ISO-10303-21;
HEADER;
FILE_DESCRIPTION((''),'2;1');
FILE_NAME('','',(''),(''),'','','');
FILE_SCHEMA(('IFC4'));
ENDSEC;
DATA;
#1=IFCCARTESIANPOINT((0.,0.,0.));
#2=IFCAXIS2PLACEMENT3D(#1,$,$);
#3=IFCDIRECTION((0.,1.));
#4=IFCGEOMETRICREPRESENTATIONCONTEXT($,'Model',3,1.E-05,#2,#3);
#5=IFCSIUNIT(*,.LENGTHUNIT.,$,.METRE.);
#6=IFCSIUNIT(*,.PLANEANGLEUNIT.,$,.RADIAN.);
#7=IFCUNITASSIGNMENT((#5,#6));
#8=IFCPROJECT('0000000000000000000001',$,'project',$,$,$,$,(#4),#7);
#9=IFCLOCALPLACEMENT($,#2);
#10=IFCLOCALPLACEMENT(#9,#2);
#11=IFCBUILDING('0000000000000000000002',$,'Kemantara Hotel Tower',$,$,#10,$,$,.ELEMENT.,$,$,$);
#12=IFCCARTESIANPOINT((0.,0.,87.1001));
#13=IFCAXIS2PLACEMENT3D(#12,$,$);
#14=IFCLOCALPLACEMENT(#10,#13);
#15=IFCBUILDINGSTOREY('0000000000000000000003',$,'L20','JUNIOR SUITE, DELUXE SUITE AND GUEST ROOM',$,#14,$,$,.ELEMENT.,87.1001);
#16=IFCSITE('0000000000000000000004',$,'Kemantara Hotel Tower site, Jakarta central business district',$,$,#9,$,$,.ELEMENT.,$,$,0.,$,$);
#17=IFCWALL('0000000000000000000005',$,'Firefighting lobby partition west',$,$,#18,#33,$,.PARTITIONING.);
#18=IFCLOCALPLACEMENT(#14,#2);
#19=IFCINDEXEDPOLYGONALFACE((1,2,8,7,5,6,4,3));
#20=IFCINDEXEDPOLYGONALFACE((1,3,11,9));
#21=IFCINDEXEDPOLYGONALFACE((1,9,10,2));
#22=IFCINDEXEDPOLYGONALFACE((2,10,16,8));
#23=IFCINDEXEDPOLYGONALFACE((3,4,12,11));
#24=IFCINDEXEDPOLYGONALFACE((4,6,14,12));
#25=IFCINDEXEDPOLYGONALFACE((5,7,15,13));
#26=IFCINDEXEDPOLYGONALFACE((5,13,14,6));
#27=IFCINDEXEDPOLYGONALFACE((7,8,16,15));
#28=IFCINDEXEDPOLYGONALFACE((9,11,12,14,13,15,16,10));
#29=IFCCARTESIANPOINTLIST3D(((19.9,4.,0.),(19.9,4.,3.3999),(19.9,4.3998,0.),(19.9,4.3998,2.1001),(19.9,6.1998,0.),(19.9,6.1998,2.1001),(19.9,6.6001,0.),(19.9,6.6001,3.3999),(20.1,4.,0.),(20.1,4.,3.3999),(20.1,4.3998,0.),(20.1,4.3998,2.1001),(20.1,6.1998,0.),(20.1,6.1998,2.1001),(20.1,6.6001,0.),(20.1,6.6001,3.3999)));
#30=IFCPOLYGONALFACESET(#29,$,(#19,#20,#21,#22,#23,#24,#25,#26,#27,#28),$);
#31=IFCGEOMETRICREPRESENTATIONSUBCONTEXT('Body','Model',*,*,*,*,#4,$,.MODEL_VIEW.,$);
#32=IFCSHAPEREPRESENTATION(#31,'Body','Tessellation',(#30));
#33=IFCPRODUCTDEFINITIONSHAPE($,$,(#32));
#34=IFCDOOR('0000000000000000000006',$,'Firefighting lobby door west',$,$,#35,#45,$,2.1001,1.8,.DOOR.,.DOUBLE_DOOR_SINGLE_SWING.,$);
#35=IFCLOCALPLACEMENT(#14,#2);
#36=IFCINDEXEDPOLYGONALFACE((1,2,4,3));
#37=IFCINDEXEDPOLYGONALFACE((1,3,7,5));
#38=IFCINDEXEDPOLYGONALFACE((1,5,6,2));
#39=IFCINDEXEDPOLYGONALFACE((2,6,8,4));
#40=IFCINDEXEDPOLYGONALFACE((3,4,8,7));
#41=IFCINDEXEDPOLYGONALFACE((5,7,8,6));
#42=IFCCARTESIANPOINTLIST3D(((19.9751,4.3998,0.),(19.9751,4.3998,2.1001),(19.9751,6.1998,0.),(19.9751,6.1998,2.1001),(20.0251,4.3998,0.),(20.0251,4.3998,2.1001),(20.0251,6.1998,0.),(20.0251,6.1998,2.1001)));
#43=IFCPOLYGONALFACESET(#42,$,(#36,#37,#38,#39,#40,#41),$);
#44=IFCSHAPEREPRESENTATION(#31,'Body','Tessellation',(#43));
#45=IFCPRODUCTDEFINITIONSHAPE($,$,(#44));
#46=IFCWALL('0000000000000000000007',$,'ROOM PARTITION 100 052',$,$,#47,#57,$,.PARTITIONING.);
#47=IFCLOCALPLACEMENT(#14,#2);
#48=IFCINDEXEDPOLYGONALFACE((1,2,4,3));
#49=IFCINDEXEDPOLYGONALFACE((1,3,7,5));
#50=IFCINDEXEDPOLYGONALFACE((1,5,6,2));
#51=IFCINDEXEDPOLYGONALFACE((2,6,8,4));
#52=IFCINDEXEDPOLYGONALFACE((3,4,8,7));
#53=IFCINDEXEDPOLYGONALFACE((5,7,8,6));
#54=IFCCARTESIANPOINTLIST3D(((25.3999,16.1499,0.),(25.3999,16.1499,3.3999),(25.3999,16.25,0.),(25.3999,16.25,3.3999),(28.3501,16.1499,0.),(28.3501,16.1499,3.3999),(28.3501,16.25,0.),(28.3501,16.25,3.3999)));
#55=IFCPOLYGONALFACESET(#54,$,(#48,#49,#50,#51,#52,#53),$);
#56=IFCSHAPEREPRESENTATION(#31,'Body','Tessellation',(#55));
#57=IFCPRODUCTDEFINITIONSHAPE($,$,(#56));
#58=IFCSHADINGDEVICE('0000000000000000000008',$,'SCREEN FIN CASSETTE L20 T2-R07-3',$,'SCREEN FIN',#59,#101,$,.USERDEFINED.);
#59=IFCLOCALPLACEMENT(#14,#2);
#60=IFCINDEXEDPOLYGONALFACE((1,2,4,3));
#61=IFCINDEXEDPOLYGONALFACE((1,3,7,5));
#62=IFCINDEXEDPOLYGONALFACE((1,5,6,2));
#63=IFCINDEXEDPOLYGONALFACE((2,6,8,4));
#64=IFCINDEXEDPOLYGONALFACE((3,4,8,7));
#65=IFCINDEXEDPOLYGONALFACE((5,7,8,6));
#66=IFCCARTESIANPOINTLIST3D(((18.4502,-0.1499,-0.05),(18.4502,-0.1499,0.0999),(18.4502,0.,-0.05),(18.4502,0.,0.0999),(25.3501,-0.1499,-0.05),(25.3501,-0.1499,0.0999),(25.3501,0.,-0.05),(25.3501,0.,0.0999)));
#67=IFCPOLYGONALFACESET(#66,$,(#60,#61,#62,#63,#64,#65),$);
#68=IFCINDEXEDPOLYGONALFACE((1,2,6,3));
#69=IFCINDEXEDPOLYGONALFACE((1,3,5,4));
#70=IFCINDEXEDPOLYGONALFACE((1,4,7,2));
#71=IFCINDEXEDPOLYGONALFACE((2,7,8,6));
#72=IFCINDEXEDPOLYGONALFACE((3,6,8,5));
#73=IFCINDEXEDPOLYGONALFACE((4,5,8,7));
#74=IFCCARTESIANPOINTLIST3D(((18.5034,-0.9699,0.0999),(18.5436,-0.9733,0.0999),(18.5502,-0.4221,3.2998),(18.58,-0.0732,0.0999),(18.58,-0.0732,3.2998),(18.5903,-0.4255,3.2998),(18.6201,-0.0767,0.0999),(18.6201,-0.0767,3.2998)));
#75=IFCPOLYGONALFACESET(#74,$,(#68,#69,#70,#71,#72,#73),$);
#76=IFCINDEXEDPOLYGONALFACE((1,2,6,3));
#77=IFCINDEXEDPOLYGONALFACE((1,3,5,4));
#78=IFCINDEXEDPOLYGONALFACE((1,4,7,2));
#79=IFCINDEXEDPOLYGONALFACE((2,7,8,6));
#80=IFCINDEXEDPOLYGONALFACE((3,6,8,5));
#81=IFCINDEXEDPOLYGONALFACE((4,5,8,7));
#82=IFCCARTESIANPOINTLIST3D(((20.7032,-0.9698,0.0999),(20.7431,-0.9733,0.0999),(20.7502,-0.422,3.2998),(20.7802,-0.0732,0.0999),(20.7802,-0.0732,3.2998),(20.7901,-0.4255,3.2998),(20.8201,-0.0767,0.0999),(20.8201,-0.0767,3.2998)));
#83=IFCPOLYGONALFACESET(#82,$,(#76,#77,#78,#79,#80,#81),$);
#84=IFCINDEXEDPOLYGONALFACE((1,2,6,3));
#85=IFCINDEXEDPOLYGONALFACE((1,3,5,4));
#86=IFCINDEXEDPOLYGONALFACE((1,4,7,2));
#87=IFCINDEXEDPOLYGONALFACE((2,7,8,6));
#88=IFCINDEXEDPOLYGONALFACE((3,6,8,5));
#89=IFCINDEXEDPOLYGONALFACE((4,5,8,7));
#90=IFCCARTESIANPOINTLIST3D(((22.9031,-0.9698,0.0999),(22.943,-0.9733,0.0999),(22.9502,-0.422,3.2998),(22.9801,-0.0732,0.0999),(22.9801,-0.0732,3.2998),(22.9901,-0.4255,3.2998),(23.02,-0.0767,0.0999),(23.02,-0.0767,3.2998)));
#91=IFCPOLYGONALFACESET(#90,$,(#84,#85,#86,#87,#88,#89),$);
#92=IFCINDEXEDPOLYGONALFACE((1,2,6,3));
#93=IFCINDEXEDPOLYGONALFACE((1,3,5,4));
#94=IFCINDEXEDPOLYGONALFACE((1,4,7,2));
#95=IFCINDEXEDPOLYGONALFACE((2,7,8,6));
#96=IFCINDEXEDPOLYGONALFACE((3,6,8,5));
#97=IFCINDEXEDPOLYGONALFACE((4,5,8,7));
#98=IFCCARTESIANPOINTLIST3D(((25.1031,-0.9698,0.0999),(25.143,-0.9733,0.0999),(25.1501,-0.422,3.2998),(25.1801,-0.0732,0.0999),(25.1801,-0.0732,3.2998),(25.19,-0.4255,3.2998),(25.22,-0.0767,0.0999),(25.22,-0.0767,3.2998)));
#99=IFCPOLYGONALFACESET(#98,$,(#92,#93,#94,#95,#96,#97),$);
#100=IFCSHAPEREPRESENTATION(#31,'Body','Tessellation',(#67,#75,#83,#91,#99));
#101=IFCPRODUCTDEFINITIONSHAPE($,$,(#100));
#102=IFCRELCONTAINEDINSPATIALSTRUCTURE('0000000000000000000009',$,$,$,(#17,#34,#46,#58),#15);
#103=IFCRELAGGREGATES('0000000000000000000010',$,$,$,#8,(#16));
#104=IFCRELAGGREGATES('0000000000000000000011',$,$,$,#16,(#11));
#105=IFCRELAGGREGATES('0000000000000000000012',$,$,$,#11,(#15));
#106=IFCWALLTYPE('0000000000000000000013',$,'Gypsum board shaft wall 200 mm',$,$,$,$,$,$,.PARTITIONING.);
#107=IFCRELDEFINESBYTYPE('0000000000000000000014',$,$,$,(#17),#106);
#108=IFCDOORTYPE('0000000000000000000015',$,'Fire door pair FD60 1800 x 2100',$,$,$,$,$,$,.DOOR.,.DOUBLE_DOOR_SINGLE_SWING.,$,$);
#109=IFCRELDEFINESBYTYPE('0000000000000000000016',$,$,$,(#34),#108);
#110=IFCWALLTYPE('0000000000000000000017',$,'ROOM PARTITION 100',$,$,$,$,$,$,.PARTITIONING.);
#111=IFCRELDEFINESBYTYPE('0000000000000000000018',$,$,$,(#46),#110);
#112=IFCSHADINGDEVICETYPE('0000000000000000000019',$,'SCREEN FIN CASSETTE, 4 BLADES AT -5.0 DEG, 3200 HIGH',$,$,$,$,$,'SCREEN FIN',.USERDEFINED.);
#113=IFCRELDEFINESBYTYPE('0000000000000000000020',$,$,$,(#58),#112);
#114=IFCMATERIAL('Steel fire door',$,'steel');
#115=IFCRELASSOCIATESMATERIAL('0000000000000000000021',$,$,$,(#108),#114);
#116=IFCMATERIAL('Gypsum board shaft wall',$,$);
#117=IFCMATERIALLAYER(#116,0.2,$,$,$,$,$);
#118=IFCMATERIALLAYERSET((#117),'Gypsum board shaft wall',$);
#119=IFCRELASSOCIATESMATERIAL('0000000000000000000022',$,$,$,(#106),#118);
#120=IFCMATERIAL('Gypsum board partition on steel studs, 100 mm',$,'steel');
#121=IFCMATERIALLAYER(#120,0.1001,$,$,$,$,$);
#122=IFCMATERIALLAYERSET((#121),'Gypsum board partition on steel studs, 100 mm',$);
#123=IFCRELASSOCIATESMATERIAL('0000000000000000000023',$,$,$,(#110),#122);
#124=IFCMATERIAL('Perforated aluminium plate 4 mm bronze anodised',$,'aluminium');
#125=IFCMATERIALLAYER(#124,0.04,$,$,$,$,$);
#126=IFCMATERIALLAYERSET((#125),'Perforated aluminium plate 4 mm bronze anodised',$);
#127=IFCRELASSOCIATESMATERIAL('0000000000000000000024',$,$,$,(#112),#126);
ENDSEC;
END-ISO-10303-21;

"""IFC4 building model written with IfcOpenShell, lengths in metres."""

from ifc_helpers import new_model, si_unit, direction, frame, frame_2d, origin, origin_2d, place, context, subcontext, project, spatial, polyline, rectangle, outline, extrude, source, transform, mapped, material, layer, layer_set, type_object, element, fill, save


model = new_model("IFC4")

# Units and contexts
model_context = context("Model", 3, precision=1e-05, world=origin(), true_north=direction((0.0, 1.0)))
body_context = subcontext(model_context, "Body", "Model", "MODEL_VIEW")
ifc_project = project(units=[si_unit("LENGTHUNIT", "METRE"), si_unit("PLANEANGLEUNIT", "RADIAN")], contexts=[model_context])

# Site, building, storey
site_placement = place(None, origin())
site = spatial("IfcSite", under=ifc_project, at=site_placement, Name="Kemantara Hotel Tower site, Jakarta central business district", CompositionType="ELEMENT", RefElevation=0.0)
building_placement = place(site_placement, origin())
building = spatial("IfcBuilding", under=site, at=building_placement, Name="Kemantara Hotel Tower", CompositionType="ELEMENT")
storey_placement = place(building_placement, frame((0.0, 0.0, 87.1001)))
storey = spatial("IfcBuildingStorey", under=building, at=storey_placement, Name="L20", Description="JUNIOR SUITE, DELUXE SUITE AND GUEST ROOM", CompositionType="ELEMENT", Elevation=87.1001)

# Shared definitions
ifc_material_1 = material(Name="Steel fire door", Category="steel")
door_type_1 = type_object("IfcDoorType", Name="Fire door pair FD60 1800 x 2100", OperationType="DOUBLE_DOOR_SINGLE_SWING", PredefinedType="DOOR", material=ifc_material_1)

# Wall, opening, door
ifc_material_2 = material(Name="Gypsum board shaft wall")
ifc_layer_1 = layer(ifc_material_2, 0.2)
ifc_layer_set_1 = layer_set([ifc_layer_1], Name="Gypsum board shaft wall")
wall_type_1 = type_object("IfcWallType", Name="Gypsum board shaft wall 200 mm", PredefinedType="PARTITIONING", material=ifc_layer_set_1)
wall_1_placement = place(storey_placement, frame((20.0, 4.0, 0.0), z_axis=(0.0, 0.0, 1.0), x_axis=(0.0, 1.0, 0.0)))
wall_1 = element("IfcWall", 1, at=wall_1_placement, inside=storey, type_object=wall_type_1, Name="Firefighting lobby partition west", PredefinedType="PARTITIONING", context=body_context, shape_type="SweptSolid", body=[
    extrude(rectangle(XDim=2.6001, YDim=0.2, at=frame_2d((1.3, 0.0))), origin(), (0.0, 0.0, 1.0), 3.3999),
])
opening_1_placement = place(wall_1_placement, frame((0.3999, 0.0, 0.0)))
opening_1 = element("IfcOpeningElement", 2, at=opening_1_placement, cuts=wall_1, PredefinedType="OPENING", context=body_context, shape_type="SweptSolid", body=[
    extrude(rectangle(XDim=1.8, YDim=2.1001, at=frame_2d((0.8999, 1.05))), frame((0.0, 0.1099, 0.0), z_axis=(0.0, -1.0, 0.0), x_axis=(1.0, 0.0, 0.0)), (0.0, 0.0, 1.0), 0.22),
])
door_1_placement = place(opening_1_placement, origin())
door_1 = element("IfcDoor", 3, at=door_1_placement, inside=storey, type_object=door_type_1, Name="Firefighting lobby door west", OperationType="DOUBLE_DOOR_SINGLE_SWING", OverallHeight=2.1001, OverallWidth=1.8, PredefinedType="DOOR", context=body_context, shape_type="SweptSolid", body=[
    extrude(rectangle(XDim=1.8, YDim=2.1001, at=frame_2d((0.8999, 1.05))), frame((0.0, 0.0249, 0.0), z_axis=(0.0, -1.0, 0.0), x_axis=(1.0, 0.0, 0.0)), (0.0, 0.0, 1.0), 0.05),
])
fill(opening_1, door_1)

# Wall
ifc_material_3 = material(Name="Gypsum board partition on steel studs, 100 mm", Category="steel")
ifc_layer_2 = layer(ifc_material_3, 0.1001)
ifc_layer_set_2 = layer_set([ifc_layer_2], Name="Gypsum board partition on steel studs, 100 mm")
wall_type_2 = type_object("IfcWallType", Name="ROOM PARTITION 100", PredefinedType="PARTITIONING", material=ifc_layer_set_2)
wall_2_placement = place(storey_placement, frame((25.3999, 16.2, 0.0), z_axis=(0.0, 0.0, 1.0), x_axis=(1.0, 0.0, 0.0)))
element("IfcWall", 4, at=wall_2_placement, inside=storey, type_object=wall_type_2, Name="ROOM PARTITION 100 052", PredefinedType="PARTITIONING", context=body_context, shape_type="SweptSolid", body=[
    extrude(rectangle(XDim=2.9502, YDim=0.1001, at=frame_2d((1.4751, 0.0))), origin(), (0.0, 0.0, 1.0), 3.3999),
])

# Shading device
ifc_material_4 = material(Name="Perforated aluminium plate 4 mm bronze anodised", Category="aluminium")
ifc_layer_3 = layer(ifc_material_4, 0.04)
ifc_layer_set_3 = layer_set([ifc_layer_3], Name="Perforated aluminium plate 4 mm bronze anodised")
shading_device_type = type_object("IfcShadingDeviceType", Name="SCREEN FIN CASSETTE, 4 BLADES AT -5.0 DEG, 3200 HIGH", ElementType="SCREEN FIN", PredefinedType="USERDEFINED", material=ifc_layer_set_3)
shared_shape_1 = source(origin(), body_context, "Body", "SweptSolid", [
    extrude(rectangle(XDim=6.8999, YDim=0.1499, at=origin_2d()), frame((3.3, -0.075, -0.1499), z_axis=(0.0, 0.0, 1.0), x_axis=(1.0, 0.0, 0.0)), (0.0, 0.0, 1.0), 0.1499),
    extrude(outline(polyline([(0.0, 0.0), (0.8999, 0.0), (0.3501, 3.2), (0.0, 3.2), (0.0, 0.0)])), frame((0.02, -0.0767, 0.0), z_axis=(-0.996376, 0.085056, 0.0), x_axis=(-0.085056, -0.996376, 0.0)), (0.0, 0.0, 1.0), 0.0403),
    extrude(outline(polyline([(0.0, 0.0), (0.8999, 0.0), (0.3501, 3.2), (0.0, 3.2), (0.0, 0.0)])), frame((2.22, -0.0767, 0.0), z_axis=(-0.996332, 0.085575, 0.0), x_axis=(-0.085575, -0.996332, 0.0)), (0.0, 0.0, 1.0), 0.04),
    extrude(outline(polyline([(0.0, 0.0), (0.8999, 0.0), (0.3501, 3.2), (0.0, 3.2), (0.0, 0.0)])), frame((4.4199, -0.0767, 0.0), z_axis=(-0.996332, 0.085575, 0.0), x_axis=(-0.085575, -0.996332, 0.0)), (0.0, 0.0, 1.0), 0.04),
    extrude(outline(polyline([(0.0, 0.0), (0.8999, 0.0), (0.3501, 3.2), (0.0, 3.2), (0.0, 0.0)])), frame((6.6199, -0.0767, 0.0), z_axis=(-0.996332, 0.085575, 0.0), x_axis=(-0.085575, -0.996332, 0.0)), (0.0, 0.0, 1.0), 0.04),
])
shading_device_placement = place(storey_placement, frame((18.6001, 0.0, 0.0999), z_axis=(0.0, 0.0, 1.0), x_axis=(1.0, 0.0, 0.0)))
element("IfcShadingDevice", 5, at=shading_device_placement, inside=storey, type_object=shading_device_type, Name="SCREEN FIN CASSETTE L20 T2-R07-3", ObjectType="SCREEN FIN", PredefinedType="USERDEFINED", context=body_context, shape_type="MappedRepresentation", body=[
    mapped(shared_shape_1, transform((0.0, 0.0, 0.0))),
])

save(model, "model.ifc")
